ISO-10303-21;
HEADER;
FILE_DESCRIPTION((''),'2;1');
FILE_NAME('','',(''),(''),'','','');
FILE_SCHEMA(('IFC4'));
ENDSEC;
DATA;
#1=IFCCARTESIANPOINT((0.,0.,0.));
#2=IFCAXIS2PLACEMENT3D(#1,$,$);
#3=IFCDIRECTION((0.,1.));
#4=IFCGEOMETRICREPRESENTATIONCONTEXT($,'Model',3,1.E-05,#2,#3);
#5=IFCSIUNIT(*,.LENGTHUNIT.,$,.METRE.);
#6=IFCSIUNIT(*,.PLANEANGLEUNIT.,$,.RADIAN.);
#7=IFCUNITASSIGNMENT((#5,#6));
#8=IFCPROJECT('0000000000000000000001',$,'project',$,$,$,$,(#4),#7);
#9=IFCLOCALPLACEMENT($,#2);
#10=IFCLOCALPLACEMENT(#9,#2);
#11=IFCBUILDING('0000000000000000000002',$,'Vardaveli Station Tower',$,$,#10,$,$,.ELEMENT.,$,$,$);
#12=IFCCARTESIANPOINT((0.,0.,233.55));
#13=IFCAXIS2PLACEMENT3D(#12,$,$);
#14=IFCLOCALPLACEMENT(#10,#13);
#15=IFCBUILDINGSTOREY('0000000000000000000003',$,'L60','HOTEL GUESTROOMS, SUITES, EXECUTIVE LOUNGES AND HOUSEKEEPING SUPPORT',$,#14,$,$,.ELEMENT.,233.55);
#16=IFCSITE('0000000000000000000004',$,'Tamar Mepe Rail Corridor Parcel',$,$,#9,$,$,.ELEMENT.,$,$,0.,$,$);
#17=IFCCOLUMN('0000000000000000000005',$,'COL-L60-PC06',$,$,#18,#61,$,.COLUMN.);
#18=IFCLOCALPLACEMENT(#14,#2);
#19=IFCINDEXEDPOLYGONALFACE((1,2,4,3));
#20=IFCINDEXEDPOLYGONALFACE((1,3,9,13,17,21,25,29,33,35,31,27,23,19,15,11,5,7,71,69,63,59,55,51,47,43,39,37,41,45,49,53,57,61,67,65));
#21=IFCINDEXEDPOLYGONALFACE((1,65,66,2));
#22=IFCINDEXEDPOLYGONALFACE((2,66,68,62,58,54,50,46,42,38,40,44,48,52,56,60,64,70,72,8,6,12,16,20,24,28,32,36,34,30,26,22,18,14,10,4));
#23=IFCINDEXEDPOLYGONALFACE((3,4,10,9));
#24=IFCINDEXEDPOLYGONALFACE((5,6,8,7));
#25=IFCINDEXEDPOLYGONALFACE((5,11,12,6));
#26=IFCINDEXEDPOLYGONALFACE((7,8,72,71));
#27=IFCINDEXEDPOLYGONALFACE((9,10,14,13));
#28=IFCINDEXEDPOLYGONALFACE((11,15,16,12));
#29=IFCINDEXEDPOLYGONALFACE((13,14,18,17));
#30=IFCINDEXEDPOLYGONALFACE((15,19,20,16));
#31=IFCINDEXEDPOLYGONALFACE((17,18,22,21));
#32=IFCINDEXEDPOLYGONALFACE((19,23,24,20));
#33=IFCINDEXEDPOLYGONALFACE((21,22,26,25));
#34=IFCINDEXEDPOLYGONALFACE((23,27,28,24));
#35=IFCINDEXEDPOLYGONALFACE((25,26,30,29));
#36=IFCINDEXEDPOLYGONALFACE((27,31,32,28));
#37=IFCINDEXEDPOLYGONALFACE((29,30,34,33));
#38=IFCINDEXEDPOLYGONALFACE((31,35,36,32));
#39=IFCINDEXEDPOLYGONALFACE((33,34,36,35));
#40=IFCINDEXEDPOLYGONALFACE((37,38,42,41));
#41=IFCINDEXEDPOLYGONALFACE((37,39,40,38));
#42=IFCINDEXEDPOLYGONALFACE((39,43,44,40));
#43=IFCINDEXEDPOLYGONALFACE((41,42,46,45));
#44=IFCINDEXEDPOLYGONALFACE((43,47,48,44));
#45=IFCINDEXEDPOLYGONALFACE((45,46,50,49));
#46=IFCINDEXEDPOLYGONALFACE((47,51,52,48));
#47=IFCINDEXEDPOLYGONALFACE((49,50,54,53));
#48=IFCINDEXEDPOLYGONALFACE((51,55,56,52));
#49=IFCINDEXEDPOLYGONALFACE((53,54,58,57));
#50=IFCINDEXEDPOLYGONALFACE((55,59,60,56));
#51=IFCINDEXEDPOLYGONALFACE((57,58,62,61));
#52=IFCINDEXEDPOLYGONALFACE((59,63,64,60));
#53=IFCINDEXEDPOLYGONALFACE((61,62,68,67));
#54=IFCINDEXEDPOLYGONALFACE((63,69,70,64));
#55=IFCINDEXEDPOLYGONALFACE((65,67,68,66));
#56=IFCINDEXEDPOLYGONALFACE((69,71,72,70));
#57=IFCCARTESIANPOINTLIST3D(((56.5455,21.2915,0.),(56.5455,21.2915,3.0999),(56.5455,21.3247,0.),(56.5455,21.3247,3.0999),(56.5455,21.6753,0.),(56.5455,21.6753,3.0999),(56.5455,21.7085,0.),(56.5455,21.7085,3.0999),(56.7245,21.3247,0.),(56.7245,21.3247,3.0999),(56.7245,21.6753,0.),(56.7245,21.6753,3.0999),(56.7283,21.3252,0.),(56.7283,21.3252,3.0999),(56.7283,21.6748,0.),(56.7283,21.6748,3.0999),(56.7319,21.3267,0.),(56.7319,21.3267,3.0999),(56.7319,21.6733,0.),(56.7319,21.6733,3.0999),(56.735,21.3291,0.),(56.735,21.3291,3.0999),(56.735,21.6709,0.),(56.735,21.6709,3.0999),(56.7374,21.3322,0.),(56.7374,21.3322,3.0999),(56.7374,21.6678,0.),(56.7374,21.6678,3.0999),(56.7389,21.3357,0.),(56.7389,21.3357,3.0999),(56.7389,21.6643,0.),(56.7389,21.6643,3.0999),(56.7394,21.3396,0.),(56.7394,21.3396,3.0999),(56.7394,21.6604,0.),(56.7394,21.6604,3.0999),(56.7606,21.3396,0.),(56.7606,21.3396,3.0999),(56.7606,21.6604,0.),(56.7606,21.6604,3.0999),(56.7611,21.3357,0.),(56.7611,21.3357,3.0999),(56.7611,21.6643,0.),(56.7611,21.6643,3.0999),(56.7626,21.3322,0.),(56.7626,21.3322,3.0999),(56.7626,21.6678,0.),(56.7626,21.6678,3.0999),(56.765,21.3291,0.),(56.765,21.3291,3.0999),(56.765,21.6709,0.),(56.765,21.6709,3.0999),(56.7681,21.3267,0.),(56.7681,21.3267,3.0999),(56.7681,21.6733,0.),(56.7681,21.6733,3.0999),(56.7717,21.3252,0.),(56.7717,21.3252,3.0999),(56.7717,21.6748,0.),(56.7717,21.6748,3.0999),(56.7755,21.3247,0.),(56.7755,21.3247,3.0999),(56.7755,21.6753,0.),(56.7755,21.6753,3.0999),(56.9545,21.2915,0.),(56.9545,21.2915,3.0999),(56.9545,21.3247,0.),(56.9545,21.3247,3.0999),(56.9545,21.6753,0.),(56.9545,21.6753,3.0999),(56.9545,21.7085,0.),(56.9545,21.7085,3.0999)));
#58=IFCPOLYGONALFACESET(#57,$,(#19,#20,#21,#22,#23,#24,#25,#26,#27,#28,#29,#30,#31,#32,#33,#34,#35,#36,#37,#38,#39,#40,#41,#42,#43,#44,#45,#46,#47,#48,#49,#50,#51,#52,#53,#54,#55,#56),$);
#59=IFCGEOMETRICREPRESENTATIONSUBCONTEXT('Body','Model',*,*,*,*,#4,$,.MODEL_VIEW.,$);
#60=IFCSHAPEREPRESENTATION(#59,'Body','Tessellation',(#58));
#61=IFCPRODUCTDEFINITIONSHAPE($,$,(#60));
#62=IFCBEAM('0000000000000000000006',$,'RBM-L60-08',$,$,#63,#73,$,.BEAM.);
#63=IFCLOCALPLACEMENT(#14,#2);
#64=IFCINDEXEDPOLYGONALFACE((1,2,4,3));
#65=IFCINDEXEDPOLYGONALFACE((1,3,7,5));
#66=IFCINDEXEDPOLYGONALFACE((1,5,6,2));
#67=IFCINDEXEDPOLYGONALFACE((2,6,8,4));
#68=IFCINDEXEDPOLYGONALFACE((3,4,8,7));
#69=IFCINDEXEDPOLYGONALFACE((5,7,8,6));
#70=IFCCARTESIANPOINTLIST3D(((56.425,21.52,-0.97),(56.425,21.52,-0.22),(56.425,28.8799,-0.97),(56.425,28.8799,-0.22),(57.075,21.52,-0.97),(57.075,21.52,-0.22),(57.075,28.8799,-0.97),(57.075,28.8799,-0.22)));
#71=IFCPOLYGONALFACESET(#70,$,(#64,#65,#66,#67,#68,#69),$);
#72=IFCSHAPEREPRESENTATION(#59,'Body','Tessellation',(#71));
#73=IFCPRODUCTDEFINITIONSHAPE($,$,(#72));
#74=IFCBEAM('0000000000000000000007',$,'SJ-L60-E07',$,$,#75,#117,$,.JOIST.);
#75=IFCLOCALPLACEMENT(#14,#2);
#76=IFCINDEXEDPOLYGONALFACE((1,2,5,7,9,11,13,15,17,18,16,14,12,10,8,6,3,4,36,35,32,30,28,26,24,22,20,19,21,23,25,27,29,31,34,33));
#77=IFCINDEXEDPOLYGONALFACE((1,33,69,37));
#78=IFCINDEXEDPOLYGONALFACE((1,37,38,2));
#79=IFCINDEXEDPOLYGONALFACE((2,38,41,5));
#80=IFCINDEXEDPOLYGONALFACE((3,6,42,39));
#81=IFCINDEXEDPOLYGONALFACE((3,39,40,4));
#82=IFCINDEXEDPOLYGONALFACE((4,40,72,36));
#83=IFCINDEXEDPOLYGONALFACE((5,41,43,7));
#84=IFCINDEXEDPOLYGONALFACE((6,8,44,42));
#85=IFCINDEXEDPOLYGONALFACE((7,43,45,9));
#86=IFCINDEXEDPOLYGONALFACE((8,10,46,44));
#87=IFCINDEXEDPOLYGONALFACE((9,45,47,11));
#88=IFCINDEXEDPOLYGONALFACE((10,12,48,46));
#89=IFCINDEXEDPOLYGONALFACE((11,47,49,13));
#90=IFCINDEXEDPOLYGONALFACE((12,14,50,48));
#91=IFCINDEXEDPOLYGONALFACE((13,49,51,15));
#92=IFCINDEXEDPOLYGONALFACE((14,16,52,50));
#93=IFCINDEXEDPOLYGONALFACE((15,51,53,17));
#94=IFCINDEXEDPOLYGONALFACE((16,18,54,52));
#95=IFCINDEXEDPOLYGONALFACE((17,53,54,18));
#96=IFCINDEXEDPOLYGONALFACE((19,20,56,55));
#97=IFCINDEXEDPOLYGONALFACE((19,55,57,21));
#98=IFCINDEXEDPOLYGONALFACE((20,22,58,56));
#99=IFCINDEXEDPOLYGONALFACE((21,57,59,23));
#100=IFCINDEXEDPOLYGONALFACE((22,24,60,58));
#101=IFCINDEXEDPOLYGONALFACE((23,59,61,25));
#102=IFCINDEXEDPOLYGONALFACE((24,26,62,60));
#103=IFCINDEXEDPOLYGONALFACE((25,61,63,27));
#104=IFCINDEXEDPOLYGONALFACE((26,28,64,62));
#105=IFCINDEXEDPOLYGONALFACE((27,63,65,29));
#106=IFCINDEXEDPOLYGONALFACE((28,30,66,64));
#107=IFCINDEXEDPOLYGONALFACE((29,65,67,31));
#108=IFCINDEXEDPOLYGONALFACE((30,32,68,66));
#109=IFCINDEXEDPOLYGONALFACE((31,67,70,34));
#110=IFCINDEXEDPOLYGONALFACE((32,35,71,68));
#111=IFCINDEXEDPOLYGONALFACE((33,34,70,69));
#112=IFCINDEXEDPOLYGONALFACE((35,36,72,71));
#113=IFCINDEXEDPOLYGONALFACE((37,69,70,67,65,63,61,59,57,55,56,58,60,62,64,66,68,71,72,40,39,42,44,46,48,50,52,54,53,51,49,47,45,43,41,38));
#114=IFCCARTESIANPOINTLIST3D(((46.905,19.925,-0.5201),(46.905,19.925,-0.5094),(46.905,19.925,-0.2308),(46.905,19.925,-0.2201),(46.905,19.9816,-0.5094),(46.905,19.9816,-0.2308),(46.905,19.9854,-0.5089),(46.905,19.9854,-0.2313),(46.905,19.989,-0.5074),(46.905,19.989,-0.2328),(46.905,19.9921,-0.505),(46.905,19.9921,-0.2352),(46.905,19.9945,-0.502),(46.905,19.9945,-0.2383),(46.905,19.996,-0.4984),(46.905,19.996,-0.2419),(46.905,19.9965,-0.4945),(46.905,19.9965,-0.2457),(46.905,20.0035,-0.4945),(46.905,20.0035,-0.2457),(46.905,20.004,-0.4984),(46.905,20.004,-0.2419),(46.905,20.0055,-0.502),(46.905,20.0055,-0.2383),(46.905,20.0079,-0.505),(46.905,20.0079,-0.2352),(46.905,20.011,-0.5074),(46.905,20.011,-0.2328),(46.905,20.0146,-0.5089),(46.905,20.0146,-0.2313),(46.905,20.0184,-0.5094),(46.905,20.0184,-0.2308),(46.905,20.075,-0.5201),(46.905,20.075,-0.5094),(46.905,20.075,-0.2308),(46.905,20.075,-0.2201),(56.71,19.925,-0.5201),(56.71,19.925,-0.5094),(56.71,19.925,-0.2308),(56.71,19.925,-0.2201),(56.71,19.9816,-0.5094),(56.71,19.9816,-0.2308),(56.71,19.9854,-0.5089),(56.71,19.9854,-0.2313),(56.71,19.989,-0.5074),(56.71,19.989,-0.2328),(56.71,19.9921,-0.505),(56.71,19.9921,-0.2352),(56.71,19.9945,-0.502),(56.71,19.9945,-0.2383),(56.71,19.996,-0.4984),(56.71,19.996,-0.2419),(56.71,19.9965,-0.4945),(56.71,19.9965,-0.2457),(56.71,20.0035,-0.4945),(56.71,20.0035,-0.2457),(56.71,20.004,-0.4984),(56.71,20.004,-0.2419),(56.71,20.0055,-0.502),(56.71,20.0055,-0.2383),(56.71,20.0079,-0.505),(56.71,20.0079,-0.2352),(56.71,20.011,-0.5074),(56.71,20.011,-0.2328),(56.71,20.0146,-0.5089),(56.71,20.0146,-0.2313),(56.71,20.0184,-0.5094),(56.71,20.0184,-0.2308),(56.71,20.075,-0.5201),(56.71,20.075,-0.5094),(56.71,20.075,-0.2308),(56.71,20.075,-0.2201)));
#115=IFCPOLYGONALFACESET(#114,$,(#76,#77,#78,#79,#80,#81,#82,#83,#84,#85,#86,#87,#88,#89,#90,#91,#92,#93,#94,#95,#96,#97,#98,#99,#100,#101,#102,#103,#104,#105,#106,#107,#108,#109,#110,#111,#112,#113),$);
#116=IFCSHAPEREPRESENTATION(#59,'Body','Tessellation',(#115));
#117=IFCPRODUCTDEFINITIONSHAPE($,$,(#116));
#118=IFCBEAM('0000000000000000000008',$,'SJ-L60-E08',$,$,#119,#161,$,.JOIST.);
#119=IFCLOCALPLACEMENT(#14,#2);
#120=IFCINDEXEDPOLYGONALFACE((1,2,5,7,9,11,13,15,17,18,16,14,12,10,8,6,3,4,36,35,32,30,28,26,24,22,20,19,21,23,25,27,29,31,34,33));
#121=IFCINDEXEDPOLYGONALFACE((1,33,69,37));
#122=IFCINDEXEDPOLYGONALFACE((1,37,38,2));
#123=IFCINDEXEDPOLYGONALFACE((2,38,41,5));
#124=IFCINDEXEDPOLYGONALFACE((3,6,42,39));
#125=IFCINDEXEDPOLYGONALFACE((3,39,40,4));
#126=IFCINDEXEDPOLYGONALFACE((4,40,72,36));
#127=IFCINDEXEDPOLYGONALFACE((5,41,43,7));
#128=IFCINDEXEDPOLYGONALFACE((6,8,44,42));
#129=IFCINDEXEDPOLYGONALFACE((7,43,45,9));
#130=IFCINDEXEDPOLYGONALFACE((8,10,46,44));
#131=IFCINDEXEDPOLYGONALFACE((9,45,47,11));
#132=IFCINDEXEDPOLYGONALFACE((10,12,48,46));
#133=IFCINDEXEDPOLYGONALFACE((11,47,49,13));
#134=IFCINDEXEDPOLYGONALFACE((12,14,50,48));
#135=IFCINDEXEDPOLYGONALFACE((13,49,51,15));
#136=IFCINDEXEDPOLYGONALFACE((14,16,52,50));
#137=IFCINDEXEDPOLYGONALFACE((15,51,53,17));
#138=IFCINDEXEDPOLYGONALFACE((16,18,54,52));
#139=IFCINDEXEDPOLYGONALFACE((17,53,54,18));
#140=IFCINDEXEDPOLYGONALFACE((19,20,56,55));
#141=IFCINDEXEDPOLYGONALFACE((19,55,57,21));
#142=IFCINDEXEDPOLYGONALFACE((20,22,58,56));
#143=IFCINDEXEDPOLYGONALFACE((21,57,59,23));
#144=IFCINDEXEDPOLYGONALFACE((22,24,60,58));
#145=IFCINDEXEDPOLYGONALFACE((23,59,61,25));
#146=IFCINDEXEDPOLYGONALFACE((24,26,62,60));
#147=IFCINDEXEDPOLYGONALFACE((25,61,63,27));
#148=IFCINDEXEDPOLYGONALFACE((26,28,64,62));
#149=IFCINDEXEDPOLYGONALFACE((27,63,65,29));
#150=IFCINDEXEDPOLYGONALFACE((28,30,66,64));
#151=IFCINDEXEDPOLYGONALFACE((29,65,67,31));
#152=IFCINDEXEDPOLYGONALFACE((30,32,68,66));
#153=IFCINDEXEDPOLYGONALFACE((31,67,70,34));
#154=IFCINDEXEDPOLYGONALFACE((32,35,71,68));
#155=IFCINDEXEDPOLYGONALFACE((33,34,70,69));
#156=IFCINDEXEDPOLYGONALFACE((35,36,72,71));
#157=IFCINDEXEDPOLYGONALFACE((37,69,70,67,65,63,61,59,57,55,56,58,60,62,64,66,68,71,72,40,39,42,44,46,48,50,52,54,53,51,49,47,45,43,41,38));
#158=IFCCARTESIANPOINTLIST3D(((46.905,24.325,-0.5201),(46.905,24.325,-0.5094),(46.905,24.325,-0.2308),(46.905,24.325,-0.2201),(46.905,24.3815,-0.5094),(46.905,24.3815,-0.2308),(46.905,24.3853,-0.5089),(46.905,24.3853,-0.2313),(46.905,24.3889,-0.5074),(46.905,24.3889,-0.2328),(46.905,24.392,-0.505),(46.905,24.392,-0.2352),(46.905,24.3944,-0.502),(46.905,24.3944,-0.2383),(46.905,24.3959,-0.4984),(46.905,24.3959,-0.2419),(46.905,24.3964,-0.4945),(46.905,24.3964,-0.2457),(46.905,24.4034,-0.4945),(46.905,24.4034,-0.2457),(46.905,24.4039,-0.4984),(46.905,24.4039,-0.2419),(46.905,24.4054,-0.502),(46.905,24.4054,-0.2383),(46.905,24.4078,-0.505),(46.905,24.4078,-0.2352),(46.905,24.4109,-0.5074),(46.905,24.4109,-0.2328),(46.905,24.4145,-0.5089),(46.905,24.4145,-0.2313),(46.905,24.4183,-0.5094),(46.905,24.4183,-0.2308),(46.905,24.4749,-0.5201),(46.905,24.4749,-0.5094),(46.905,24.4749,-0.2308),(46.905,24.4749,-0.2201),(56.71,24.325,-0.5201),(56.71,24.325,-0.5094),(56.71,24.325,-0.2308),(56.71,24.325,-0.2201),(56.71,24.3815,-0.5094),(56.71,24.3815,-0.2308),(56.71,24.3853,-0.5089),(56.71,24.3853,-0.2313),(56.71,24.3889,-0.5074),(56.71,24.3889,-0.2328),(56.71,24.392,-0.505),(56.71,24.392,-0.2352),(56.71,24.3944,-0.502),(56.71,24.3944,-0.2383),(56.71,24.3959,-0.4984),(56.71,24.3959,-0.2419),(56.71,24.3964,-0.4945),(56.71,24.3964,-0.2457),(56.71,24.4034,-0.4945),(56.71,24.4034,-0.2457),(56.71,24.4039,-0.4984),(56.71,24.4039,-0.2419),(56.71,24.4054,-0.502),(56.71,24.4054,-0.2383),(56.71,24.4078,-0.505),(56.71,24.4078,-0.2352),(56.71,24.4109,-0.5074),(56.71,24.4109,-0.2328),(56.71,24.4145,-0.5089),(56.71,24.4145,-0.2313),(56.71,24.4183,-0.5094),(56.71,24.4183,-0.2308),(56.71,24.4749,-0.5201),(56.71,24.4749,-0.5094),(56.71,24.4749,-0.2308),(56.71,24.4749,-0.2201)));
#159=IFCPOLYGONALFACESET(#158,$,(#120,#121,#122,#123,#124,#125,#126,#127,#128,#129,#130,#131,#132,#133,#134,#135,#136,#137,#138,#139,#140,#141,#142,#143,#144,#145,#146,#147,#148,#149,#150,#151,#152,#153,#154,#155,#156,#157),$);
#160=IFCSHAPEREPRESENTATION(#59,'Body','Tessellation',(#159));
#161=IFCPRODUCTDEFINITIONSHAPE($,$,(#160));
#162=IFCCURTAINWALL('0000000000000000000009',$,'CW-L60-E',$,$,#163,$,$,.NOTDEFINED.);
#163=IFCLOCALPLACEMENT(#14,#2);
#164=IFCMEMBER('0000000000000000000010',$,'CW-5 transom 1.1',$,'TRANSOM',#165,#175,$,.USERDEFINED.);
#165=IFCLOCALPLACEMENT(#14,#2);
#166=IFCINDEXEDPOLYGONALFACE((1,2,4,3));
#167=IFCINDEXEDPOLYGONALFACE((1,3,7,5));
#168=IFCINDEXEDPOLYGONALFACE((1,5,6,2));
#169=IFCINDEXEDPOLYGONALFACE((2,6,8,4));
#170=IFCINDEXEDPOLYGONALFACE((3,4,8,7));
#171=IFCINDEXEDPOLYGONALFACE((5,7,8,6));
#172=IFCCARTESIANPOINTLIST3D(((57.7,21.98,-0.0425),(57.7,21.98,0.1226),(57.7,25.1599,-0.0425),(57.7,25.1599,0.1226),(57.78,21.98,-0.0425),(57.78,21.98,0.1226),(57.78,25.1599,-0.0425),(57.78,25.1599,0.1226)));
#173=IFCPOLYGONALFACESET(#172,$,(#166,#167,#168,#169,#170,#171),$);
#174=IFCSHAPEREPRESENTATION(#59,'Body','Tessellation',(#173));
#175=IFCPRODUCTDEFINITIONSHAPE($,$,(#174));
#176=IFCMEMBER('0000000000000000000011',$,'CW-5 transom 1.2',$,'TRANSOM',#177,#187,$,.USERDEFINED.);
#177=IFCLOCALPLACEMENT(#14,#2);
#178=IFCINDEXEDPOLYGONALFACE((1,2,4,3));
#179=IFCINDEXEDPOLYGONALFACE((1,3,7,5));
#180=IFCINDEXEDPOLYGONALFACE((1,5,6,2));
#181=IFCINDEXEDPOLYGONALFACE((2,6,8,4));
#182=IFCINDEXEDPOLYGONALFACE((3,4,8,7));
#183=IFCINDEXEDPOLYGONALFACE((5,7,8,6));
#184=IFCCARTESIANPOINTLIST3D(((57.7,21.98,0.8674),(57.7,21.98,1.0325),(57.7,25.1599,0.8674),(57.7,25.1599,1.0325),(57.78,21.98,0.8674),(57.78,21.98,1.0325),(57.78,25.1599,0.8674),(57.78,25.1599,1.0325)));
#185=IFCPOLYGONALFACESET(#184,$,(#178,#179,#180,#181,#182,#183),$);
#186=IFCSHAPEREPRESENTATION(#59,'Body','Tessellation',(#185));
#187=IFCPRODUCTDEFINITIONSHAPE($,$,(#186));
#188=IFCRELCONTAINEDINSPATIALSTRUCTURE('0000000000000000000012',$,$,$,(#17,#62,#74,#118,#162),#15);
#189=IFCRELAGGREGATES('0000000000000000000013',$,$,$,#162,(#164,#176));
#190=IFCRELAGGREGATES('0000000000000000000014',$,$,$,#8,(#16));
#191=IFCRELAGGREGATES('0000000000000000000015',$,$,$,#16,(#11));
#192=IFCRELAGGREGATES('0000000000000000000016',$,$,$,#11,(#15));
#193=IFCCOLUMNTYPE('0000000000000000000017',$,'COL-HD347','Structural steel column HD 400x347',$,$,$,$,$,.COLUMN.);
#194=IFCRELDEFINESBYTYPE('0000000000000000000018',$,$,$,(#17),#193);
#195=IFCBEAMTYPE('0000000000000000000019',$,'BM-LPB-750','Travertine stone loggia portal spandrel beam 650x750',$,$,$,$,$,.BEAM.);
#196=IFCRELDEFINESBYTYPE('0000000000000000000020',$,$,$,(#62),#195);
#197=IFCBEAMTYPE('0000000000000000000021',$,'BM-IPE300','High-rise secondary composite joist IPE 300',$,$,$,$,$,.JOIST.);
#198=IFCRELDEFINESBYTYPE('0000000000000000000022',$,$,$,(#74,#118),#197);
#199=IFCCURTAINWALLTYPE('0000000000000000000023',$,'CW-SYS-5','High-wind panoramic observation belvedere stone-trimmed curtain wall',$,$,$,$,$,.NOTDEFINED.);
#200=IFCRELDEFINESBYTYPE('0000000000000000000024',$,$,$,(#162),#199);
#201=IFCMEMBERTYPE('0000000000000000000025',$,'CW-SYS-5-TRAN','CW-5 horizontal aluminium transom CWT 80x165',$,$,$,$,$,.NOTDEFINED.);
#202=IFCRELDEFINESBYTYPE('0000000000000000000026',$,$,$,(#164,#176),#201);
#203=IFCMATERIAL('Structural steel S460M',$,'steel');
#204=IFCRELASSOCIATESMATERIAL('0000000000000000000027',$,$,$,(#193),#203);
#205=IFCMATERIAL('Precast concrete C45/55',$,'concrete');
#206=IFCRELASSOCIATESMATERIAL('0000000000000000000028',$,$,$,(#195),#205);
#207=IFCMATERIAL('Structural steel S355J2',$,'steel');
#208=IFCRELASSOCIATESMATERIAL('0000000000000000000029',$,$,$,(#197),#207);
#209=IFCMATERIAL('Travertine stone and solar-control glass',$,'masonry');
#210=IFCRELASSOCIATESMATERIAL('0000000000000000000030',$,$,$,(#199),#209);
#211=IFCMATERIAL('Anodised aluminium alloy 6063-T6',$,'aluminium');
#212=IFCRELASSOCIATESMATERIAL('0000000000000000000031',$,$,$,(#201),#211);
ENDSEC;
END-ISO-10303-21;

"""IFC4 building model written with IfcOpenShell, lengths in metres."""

from ifc_helpers import new_model, si_unit, direction, frame, origin, origin_2d, place, context, subcontext, project, spatial, rectangle, i_section, extrude, source, transform, mapped, material, material_profile, profile_set, type_object, element, aggregate, save


model = new_model("IFC4")

# Units and contexts
model_context = context("Model", 3, precision=1e-05, world=origin(), true_north=direction((0.0, 1.0)))
body_context = subcontext(model_context, "Body", "Model", "MODEL_VIEW")
ifc_project = project(units=[si_unit("LENGTHUNIT", "METRE"), si_unit("PLANEANGLEUNIT", "RADIAN")], contexts=[model_context])

# Site, building, storey
site_placement = place(None, origin())
site = spatial("IfcSite", under=ifc_project, at=site_placement, Name="Tamar Mepe Rail Corridor Parcel", CompositionType="ELEMENT", RefElevation=0.0)
building_placement = place(site_placement, origin())
building = spatial("IfcBuilding", under=site, at=building_placement, Name="Vardaveli Station Tower", CompositionType="ELEMENT")
storey_placement = place(building_placement, frame((0.0, 0.0, 233.55)))
storey = spatial("IfcBuildingStorey", under=building, at=storey_placement, Name="L60", Description="HOTEL GUESTROOMS, SUITES, EXECUTIVE LOUNGES AND HOUSEKEEPING SUPPORT", CompositionType="ELEMENT", Elevation=233.55)

# Column
ifc_material_1 = material(Name="Structural steel S460M", Category="steel")
ifc_material_profile_1 = material_profile(ifc_material_1, i_section(OverallWidth=0.4089, OverallDepth=0.417, WebThickness=0.0212, FlangeThickness=0.0332, FilletRadius=0.0149, at=origin_2d()), Name="HD 400x347")
ifc_profile_set_1 = profile_set([ifc_material_profile_1], Name="Structural steel S460M")
column_type = type_object("IfcColumnType", Name="COL-HD347", Description="Structural steel column HD 400x347", PredefinedType="COLUMN", material=ifc_profile_set_1)
shared_shape_1 = source(origin(), body_context, "Body", "SweptSolid", [
    extrude(i_section(OverallWidth=0.4089, OverallDepth=0.417, WebThickness=0.0212, FlangeThickness=0.0332, FilletRadius=0.0149, at=origin_2d()), origin(), (0.0, 0.0, 1.0), 3.0999),
])
column_placement = place(storey_placement, frame((56.75, 21.5, 0.0), z_axis=(0.0, 0.0, 1.0), x_axis=(1.0, 0.0, 0.0)))
element("IfcColumn", 1, at=column_placement, inside=storey, type_object=column_type, Name="COL-L60-PC06", PredefinedType="COLUMN", context=body_context, shape_type="MappedRepresentation", body=[
    mapped(shared_shape_1, transform((0.0, 0.0, 0.0), scale=1.0)),
])

# Beams
ifc_material_2 = material(Name="Precast concrete C45/55", Category="concrete")
ifc_material_profile_2 = material_profile(ifc_material_2, rectangle(XDim=0.6499, YDim=0.75, at=origin_2d()), Name="LPB 650x750")
ifc_profile_set_2 = profile_set([ifc_material_profile_2], Name="Precast concrete C45/55")
beam_type_1 = type_object("IfcBeamType", Name="BM-LPB-750", Description="Travertine stone loggia portal spandrel beam 650x750", PredefinedType="BEAM", material=ifc_profile_set_2)
shared_shape_2 = source(origin(), body_context, "Body", "SweptSolid", [
    extrude(rectangle(XDim=0.6499, YDim=0.75, at=origin_2d()), origin(), (0.0, 0.0, 1.0), 7.3599),
])
beam_placement = place(storey_placement, frame((56.75, 21.52, -0.595), z_axis=(0.0, 1.0, 0.0), x_axis=(-1.0, 0.0, 0.0)))
element("IfcBeam", 2, at=beam_placement, inside=storey, type_object=beam_type_1, Name="RBM-L60-08", PredefinedType="BEAM", context=body_context, shape_type="MappedRepresentation", body=[
    mapped(shared_shape_2, transform((0.0, 0.0, 0.0), scale=1.0)),
])
ifc_material_3 = material(Name="Structural steel S355J2", Category="steel")
ifc_material_profile_3 = material_profile(ifc_material_3, i_section(OverallWidth=0.1499, OverallDepth=0.3, WebThickness=0.0071, FlangeThickness=0.0107, FilletRadius=0.0149, at=origin_2d()), Name="IPE 300")
ifc_profile_set_3 = profile_set([ifc_material_profile_3], Name="Structural steel S355J2")
beam_type_2 = type_object("IfcBeamType", Name="BM-IPE300", Description="High-rise secondary composite joist IPE 300", PredefinedType="JOIST", material=ifc_profile_set_3)
shared_shape_3 = source(origin(), body_context, "Body", "SweptSolid", [
    extrude(i_section(OverallWidth=0.1499, OverallDepth=0.3, WebThickness=0.0071, FlangeThickness=0.0107, FilletRadius=0.0149, at=origin_2d()), origin(), (0.0, 0.0, 1.0), 9.8049),
])
for number, where, z_axis, x_axis, name in (
    (3, (46.905, 20.0, -0.3701), (1.0, 0.0, 0.0), (0.0, 1.0, 0.0), "SJ-L60-E07"),
    (4, (46.905, 24.3999, -0.3701), (1.0, 0.0, 0.0), (0.0, 1.0, 0.0), "SJ-L60-E08"),
):
    element("IfcBeam", number, at=place(storey_placement, frame(where, z_axis=z_axis, x_axis=x_axis)), inside=storey, type_object=beam_type_2, Name=name, PredefinedType="JOIST", context=body_context, shape_type="MappedRepresentation", body=[
        mapped(shared_shape_3, transform((0.0, 0.0, 0.0), scale=1.0)),
    ])

# Curtain wall, members
ifc_material_4 = material(Name="Travertine stone and solar-control glass", Category="masonry")
curtain_wall_type = type_object("IfcCurtainWallType", Name="CW-SYS-5", Description="High-wind panoramic observation belvedere stone-trimmed curtain wall", PredefinedType="NOTDEFINED", material=ifc_material_4)
curtain_wall_placement = place(storey_placement, origin())
curtain_wall = element("IfcCurtainWall", 5, at=curtain_wall_placement, inside=storey, type_object=curtain_wall_type, Name="CW-L60-E", PredefinedType="NOTDEFINED")
ifc_material_5 = material(Name="Anodised aluminium alloy 6063-T6", Category="aluminium")
ifc_material_profile_4 = material_profile(ifc_material_5, rectangle(XDim=0.0801, YDim=0.165, at=origin_2d()), Name="CWT 80x165")
ifc_profile_set_4 = profile_set([ifc_material_profile_4], Name="Anodised aluminium alloy 6063-T6")
member_type_1 = type_object("IfcMemberType", Name="CW-SYS-5-TRAN", Description="CW-5 horizontal aluminium transom CWT 80x165", PredefinedType="NOTDEFINED", material=ifc_profile_set_4)
shared_shape_4 = source(origin(), body_context, "Body", "SweptSolid", [
    extrude(rectangle(XDim=0.0801, YDim=0.165, at=origin_2d()), origin(), (0.0, 0.0, 1.0), 3.1799),
])
member_1_placement = place(storey_placement, frame((57.74, 21.98, 0.04), z_axis=(0.0, 1.0, 0.0), x_axis=(-1.0, 0.0, 0.0)))
member_1 = element("IfcMember", 6, at=member_1_placement, type_object=member_type_1, Name="CW-5 transom 1.1", ObjectType="TRANSOM", PredefinedType="USERDEFINED", context=body_context, shape_type="MappedRepresentation", body=[
    mapped(shared_shape_4, transform((0.0, 0.0, 0.0), scale=1.0)),
])
member_2_placement = place(storey_placement, frame((57.74, 21.98, 0.95), z_axis=(0.0, 1.0, 0.0), x_axis=(-1.0, 0.0, 0.0)))
member_2 = element("IfcMember", 7, at=member_2_placement, type_object=member_type_1, Name="CW-5 transom 1.2", ObjectType="TRANSOM", PredefinedType="USERDEFINED", context=body_context, shape_type="MappedRepresentation", body=[
    mapped(shared_shape_4, transform((0.0, 0.0, 0.0), scale=1.0)),
])
aggregate(curtain_wall, [member_1, member_2])

save(model, "model.ifc")
